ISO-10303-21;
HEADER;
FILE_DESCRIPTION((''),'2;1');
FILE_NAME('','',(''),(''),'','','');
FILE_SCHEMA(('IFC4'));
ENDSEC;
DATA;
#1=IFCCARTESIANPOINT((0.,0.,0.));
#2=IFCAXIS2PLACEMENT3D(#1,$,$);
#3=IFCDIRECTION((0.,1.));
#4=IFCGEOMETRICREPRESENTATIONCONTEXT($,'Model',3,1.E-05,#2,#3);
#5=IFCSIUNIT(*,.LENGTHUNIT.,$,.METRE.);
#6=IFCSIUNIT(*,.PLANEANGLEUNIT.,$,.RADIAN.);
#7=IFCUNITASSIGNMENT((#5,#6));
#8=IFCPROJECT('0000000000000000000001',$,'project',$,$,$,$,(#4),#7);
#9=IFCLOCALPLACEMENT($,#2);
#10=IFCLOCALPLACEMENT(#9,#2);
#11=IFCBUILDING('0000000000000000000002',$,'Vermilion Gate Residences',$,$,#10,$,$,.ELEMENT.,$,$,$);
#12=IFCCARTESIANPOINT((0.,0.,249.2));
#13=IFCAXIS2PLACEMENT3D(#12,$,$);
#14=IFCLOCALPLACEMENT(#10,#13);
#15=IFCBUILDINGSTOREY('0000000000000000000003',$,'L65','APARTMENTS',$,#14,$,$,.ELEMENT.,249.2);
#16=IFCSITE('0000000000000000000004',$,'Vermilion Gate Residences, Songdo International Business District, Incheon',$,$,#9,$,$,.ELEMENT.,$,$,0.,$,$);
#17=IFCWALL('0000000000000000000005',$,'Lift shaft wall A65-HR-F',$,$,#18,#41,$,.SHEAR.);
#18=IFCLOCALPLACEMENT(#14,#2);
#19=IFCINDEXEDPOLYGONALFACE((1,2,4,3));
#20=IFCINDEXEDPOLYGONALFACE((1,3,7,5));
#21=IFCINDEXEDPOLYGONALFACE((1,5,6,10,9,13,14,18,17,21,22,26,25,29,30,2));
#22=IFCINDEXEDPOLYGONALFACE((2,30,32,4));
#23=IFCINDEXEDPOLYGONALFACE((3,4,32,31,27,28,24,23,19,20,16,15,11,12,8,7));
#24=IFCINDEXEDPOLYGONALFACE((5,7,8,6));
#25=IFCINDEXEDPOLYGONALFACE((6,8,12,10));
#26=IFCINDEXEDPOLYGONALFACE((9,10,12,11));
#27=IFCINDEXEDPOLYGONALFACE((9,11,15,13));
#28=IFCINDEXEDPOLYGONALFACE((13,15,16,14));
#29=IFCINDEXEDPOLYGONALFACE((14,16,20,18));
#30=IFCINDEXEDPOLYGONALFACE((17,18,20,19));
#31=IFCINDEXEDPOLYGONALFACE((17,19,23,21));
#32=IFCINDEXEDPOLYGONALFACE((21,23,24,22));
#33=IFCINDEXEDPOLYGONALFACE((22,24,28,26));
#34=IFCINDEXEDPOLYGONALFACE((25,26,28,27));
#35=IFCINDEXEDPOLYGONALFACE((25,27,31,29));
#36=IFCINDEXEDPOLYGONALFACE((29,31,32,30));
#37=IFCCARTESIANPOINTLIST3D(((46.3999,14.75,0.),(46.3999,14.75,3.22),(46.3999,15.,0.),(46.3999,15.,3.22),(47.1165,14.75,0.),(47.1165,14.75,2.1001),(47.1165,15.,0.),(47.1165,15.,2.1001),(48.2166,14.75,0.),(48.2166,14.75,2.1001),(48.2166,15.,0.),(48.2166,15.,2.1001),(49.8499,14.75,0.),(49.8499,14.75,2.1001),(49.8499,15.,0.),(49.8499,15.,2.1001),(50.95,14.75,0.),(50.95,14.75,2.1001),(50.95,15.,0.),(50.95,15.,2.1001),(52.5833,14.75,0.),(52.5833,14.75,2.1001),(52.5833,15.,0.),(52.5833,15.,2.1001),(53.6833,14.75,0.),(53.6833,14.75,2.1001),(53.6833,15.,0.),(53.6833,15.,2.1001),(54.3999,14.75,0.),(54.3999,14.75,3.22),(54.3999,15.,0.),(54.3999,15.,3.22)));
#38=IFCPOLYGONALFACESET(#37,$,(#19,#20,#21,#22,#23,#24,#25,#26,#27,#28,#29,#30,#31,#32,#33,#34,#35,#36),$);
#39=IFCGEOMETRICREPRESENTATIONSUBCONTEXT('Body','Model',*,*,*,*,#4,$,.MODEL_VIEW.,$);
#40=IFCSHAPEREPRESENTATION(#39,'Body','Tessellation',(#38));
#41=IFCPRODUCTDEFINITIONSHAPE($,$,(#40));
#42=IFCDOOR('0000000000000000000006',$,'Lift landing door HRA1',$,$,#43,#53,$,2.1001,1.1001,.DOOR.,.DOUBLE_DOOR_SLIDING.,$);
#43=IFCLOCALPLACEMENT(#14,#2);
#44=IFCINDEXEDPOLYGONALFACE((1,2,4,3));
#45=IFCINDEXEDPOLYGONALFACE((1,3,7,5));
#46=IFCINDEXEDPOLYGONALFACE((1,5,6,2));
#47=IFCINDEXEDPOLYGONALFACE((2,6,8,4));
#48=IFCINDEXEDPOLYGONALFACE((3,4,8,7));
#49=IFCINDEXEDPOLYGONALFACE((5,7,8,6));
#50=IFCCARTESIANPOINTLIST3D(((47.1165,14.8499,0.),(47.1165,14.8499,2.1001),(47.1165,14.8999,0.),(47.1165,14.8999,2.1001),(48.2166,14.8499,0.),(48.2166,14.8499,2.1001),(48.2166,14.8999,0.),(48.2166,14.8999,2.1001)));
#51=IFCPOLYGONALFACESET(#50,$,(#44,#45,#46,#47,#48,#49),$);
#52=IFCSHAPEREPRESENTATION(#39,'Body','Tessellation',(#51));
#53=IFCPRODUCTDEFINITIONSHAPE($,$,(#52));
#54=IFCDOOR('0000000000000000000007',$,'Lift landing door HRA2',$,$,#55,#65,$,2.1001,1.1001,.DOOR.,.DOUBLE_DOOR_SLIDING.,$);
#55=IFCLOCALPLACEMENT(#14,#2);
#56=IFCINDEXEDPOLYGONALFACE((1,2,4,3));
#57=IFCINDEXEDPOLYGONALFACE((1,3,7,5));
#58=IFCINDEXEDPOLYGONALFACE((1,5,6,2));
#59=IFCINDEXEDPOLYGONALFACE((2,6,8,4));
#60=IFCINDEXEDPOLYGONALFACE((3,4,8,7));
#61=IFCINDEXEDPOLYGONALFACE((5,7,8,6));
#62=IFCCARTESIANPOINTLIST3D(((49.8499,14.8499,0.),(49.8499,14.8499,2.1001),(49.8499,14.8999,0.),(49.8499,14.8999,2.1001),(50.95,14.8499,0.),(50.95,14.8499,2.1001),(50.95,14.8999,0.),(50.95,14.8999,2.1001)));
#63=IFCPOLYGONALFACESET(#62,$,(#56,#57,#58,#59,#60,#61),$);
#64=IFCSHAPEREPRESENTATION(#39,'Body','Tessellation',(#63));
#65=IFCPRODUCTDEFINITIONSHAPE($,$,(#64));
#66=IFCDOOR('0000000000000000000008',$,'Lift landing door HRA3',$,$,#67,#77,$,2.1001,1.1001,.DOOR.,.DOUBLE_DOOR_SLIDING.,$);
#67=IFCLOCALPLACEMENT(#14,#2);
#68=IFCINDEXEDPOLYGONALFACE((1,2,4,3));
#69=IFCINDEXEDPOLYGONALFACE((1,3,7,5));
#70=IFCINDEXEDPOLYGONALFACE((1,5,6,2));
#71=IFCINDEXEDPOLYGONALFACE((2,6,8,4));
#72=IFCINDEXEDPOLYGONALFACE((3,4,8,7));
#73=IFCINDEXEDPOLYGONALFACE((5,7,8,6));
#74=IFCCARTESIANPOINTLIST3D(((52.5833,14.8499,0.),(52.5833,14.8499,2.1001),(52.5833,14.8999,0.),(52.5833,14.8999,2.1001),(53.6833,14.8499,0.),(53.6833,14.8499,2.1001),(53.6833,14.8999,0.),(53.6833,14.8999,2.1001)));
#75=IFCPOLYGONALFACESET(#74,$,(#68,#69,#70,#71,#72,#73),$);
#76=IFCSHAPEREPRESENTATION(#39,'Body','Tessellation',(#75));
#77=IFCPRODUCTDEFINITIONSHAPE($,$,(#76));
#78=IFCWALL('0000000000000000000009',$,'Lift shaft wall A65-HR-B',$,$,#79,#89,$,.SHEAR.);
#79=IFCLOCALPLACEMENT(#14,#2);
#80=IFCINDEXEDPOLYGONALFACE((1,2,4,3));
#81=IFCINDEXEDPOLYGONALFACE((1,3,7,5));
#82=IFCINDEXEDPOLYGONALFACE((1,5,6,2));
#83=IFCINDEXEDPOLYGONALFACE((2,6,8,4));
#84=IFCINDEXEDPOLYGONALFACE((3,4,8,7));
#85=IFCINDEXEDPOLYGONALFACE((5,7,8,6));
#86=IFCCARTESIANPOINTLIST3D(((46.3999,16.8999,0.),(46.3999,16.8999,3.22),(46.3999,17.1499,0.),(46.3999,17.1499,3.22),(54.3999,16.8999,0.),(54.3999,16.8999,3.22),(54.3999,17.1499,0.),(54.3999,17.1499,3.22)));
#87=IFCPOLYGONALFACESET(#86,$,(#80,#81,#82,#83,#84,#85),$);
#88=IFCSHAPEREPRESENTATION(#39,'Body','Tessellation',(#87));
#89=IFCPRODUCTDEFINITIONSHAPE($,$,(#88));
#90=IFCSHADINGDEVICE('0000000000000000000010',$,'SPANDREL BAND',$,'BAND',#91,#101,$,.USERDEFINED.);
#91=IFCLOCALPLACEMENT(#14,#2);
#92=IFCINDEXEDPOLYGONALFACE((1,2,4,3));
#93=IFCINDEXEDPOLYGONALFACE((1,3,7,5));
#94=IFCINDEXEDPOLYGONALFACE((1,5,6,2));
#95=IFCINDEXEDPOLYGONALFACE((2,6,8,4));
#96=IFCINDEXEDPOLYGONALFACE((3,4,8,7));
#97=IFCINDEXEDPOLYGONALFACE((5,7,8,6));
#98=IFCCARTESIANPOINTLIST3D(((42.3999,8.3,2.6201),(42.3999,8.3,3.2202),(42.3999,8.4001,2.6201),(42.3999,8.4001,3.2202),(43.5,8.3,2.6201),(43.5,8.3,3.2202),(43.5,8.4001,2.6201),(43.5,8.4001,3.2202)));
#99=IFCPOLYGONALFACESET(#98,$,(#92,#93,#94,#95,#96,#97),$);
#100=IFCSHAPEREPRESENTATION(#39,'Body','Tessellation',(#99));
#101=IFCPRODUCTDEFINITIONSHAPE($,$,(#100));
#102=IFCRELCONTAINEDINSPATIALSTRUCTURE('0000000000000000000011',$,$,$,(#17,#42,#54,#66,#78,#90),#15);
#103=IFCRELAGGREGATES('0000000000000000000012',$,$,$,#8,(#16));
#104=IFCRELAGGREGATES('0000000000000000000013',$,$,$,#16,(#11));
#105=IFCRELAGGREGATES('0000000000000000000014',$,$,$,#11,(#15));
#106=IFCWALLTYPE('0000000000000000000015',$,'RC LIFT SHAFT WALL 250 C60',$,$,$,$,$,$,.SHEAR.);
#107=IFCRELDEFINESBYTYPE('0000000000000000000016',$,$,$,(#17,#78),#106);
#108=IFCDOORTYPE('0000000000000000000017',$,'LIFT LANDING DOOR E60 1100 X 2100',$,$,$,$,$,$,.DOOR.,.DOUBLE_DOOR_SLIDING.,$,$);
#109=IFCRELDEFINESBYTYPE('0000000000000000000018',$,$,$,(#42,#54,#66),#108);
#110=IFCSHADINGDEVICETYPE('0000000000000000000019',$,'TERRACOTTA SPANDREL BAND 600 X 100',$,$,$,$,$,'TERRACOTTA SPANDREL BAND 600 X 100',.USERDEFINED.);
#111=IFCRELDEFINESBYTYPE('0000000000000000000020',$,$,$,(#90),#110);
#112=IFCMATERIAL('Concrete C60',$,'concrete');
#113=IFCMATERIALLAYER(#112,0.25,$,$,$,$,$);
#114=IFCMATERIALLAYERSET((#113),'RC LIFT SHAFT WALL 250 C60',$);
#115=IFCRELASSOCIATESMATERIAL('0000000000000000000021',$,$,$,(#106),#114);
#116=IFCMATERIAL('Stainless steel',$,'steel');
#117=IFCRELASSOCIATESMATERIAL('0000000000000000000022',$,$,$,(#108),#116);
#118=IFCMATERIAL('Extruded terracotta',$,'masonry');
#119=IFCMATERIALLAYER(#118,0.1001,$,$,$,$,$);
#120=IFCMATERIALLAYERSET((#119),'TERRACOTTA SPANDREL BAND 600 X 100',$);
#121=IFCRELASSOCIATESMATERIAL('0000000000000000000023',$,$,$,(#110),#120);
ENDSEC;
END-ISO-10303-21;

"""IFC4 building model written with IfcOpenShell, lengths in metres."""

from ifc_helpers import new_model, si_unit, direction, frame, frame_2d, origin, origin_2d, place, context, subcontext, project, spatial, rectangle, extrude, material, layer, layer_set, type_object, element, fill, save


model = new_model("IFC4")

# Units and contexts
model_context = context("Model", 3, precision=1e-05, world=origin(), true_north=direction((0.0, 1.0)))
body_context = subcontext(model_context, "Body", "Model", "MODEL_VIEW")
ifc_project = project(units=[si_unit("LENGTHUNIT", "METRE"), si_unit("PLANEANGLEUNIT", "RADIAN")], contexts=[model_context])

# Site, building, storey
site_placement = place(None, origin())
site = spatial("IfcSite", under=ifc_project, at=site_placement, Name="Vermilion Gate Residences, Songdo International Business District, Incheon", CompositionType="ELEMENT", RefElevation=0.0)
building_placement = place(site_placement, origin())
building = spatial("IfcBuilding", under=site, at=building_placement, Name="Vermilion Gate Residences", CompositionType="ELEMENT")
storey_placement = place(building_placement, frame((0.0, 0.0, 249.2)))
storey = spatial("IfcBuildingStorey", under=building, at=storey_placement, Name="L65", Description="APARTMENTS", CompositionType="ELEMENT", Elevation=249.2)

# Wall, openings, doors
ifc_material_1 = material(Name="Concrete C60", Category="concrete")
ifc_layer_1 = layer(ifc_material_1, 0.25)
ifc_layer_set_1 = layer_set([ifc_layer_1], Name="RC LIFT SHAFT WALL 250 C60")
wall_type_1 = type_object("IfcWallType", Name="RC LIFT SHAFT WALL 250 C60", PredefinedType="SHEAR", material=ifc_layer_set_1)
wall_1_placement = place(storey_placement, frame((46.3999, 14.875, 0.0), z_axis=(0.0, 0.0, 1.0), x_axis=(1.0, 0.0, 0.0)))
wall_1 = element("IfcWall", 1, at=wall_1_placement, inside=storey, type_object=wall_type_1, Name="Lift shaft wall A65-HR-F", PredefinedType="SHEAR", context=body_context, shape_type="SweptSolid", body=[
    extrude(rectangle(XDim=8.0, YDim=0.25, at=frame_2d((4.0, 0.0))), origin(), (0.0, 0.0, 1.0), 3.22),
])
opening_1_placement = place(wall_1_placement, frame((0.7166, 0.0, 0.0)))
opening_1 = element("IfcOpeningElement", 2, at=opening_1_placement, cuts=wall_1, PredefinedType="OPENING", context=body_context, shape_type="SweptSolid", body=[
    extrude(rectangle(XDim=1.1001, YDim=2.1001, at=frame_2d((0.55, 1.05))), frame((0.0, 0.135, 0.0), z_axis=(0.0, -1.0, 0.0), x_axis=(1.0, 0.0, 0.0)), (0.0, 0.0, 1.0), 0.27),
])
opening_2_placement = place(wall_1_placement, frame((3.45, 0.0, 0.0)))
opening_2 = element("IfcOpeningElement", 3, at=opening_2_placement, cuts=wall_1, PredefinedType="OPENING", context=body_context, shape_type="SweptSolid", body=[
    extrude(rectangle(XDim=1.1001, YDim=2.1001, at=frame_2d((0.55, 1.05))), frame((0.0, 0.135, 0.0), z_axis=(0.0, -1.0, 0.0), x_axis=(1.0, 0.0, 0.0)), (0.0, 0.0, 1.0), 0.27),
])
opening_3_placement = place(wall_1_placement, frame((6.1833, 0.0, 0.0)))
opening_3 = element("IfcOpeningElement", 4, at=opening_3_placement, cuts=wall_1, PredefinedType="OPENING", context=body_context, shape_type="SweptSolid", body=[
    extrude(rectangle(XDim=1.1001, YDim=2.1001, at=frame_2d((0.55, 1.05))), frame((0.0, 0.135, 0.0), z_axis=(0.0, -1.0, 0.0), x_axis=(1.0, 0.0, 0.0)), (0.0, 0.0, 1.0), 0.27),
])
ifc_material_2 = material(Name="Stainless steel", Category="steel")
door_type_1 = type_object("IfcDoorType", Name="LIFT LANDING DOOR E60 1100 X 2100", OperationType="DOUBLE_DOOR_SLIDING", PredefinedType="DOOR", material=ifc_material_2)
door_1_placement = place(opening_1_placement, origin())
door_1 = element("IfcDoor", 5, at=door_1_placement, inside=storey, type_object=door_type_1, Name="Lift landing door HRA1", OperationType="DOUBLE_DOOR_SLIDING", OverallHeight=2.1001, OverallWidth=1.1001, PredefinedType="DOOR", context=body_context, shape_type="SweptSolid", body=[
    extrude(rectangle(XDim=1.1001, YDim=2.1001, at=frame_2d((0.55, 1.05))), frame((0.0, 0.0249, 0.0), z_axis=(0.0, -1.0, 0.0), x_axis=(1.0, 0.0, 0.0)), (0.0, 0.0, 1.0), 0.05),
])
fill(opening_1, door_1)
door_2_placement = place(opening_2_placement, origin())
door_2 = element("IfcDoor", 6, at=door_2_placement, inside=storey, type_object=door_type_1, Name="Lift landing door HRA2", OperationType="DOUBLE_DOOR_SLIDING", OverallHeight=2.1001, OverallWidth=1.1001, PredefinedType="DOOR", context=body_context, shape_type="SweptSolid", body=[
    extrude(rectangle(XDim=1.1001, YDim=2.1001, at=frame_2d((0.55, 1.05))), frame((0.0, 0.0249, 0.0), z_axis=(0.0, -1.0, 0.0), x_axis=(1.0, 0.0, 0.0)), (0.0, 0.0, 1.0), 0.05),
])
fill(opening_2, door_2)
door_3_placement = place(opening_3_placement, origin())
door_3 = element("IfcDoor", 7, at=door_3_placement, inside=storey, type_object=door_type_1, Name="Lift landing door HRA3", OperationType="DOUBLE_DOOR_SLIDING", OverallHeight=2.1001, OverallWidth=1.1001, PredefinedType="DOOR", context=body_context, shape_type="SweptSolid", body=[
    extrude(rectangle(XDim=1.1001, YDim=2.1001, at=frame_2d((0.55, 1.05))), frame((0.0, 0.0249, 0.0), z_axis=(0.0, -1.0, 0.0), x_axis=(1.0, 0.0, 0.0)), (0.0, 0.0, 1.0), 0.05),
])
fill(opening_3, door_3)

# Wall
wall_2_placement = place(storey_placement, frame((46.3999, 17.0249, 0.0), z_axis=(0.0, 0.0, 1.0), x_axis=(1.0, 0.0, 0.0)))
element("IfcWall", 8, at=wall_2_placement, inside=storey, type_object=wall_type_1, Name="Lift shaft wall A65-HR-B", PredefinedType="SHEAR", context=body_context, shape_type="SweptSolid", body=[
    extrude(rectangle(XDim=8.0, YDim=0.25, at=frame_2d((4.0, 0.0))), origin(), (0.0, 0.0, 1.0), 3.22),
])

# Shading device
ifc_material_3 = material(Name="Extruded terracotta", Category="masonry")
ifc_layer_2 = layer(ifc_material_3, 0.1001)
ifc_layer_set_2 = layer_set([ifc_layer_2], Name="TERRACOTTA SPANDREL BAND 600 X 100")
shading_device_type = type_object("IfcShadingDeviceType", Name="TERRACOTTA SPANDREL BAND 600 X 100", ElementType="TERRACOTTA SPANDREL BAND 600 X 100", PredefinedType="USERDEFINED", material=ifc_layer_set_2)
shading_device_placement = place(storey_placement, frame((42.95, 8.3501, 2.6201), z_axis=(0.0, 0.0, 1.0), x_axis=(1.0, 0.0, 0.0)))
element("IfcShadingDevice", 9, at=shading_device_placement, inside=storey, type_object=shading_device_type, Name="SPANDREL BAND", ObjectType="BAND", PredefinedType="USERDEFINED", context=body_context, shape_type="SweptSolid", body=[
    extrude(rectangle(XDim=1.1001, YDim=0.1001, at=origin_2d()), origin(), (0.0, 0.0, 1.0), 0.6001),
])

save(model, "model.ifc")
